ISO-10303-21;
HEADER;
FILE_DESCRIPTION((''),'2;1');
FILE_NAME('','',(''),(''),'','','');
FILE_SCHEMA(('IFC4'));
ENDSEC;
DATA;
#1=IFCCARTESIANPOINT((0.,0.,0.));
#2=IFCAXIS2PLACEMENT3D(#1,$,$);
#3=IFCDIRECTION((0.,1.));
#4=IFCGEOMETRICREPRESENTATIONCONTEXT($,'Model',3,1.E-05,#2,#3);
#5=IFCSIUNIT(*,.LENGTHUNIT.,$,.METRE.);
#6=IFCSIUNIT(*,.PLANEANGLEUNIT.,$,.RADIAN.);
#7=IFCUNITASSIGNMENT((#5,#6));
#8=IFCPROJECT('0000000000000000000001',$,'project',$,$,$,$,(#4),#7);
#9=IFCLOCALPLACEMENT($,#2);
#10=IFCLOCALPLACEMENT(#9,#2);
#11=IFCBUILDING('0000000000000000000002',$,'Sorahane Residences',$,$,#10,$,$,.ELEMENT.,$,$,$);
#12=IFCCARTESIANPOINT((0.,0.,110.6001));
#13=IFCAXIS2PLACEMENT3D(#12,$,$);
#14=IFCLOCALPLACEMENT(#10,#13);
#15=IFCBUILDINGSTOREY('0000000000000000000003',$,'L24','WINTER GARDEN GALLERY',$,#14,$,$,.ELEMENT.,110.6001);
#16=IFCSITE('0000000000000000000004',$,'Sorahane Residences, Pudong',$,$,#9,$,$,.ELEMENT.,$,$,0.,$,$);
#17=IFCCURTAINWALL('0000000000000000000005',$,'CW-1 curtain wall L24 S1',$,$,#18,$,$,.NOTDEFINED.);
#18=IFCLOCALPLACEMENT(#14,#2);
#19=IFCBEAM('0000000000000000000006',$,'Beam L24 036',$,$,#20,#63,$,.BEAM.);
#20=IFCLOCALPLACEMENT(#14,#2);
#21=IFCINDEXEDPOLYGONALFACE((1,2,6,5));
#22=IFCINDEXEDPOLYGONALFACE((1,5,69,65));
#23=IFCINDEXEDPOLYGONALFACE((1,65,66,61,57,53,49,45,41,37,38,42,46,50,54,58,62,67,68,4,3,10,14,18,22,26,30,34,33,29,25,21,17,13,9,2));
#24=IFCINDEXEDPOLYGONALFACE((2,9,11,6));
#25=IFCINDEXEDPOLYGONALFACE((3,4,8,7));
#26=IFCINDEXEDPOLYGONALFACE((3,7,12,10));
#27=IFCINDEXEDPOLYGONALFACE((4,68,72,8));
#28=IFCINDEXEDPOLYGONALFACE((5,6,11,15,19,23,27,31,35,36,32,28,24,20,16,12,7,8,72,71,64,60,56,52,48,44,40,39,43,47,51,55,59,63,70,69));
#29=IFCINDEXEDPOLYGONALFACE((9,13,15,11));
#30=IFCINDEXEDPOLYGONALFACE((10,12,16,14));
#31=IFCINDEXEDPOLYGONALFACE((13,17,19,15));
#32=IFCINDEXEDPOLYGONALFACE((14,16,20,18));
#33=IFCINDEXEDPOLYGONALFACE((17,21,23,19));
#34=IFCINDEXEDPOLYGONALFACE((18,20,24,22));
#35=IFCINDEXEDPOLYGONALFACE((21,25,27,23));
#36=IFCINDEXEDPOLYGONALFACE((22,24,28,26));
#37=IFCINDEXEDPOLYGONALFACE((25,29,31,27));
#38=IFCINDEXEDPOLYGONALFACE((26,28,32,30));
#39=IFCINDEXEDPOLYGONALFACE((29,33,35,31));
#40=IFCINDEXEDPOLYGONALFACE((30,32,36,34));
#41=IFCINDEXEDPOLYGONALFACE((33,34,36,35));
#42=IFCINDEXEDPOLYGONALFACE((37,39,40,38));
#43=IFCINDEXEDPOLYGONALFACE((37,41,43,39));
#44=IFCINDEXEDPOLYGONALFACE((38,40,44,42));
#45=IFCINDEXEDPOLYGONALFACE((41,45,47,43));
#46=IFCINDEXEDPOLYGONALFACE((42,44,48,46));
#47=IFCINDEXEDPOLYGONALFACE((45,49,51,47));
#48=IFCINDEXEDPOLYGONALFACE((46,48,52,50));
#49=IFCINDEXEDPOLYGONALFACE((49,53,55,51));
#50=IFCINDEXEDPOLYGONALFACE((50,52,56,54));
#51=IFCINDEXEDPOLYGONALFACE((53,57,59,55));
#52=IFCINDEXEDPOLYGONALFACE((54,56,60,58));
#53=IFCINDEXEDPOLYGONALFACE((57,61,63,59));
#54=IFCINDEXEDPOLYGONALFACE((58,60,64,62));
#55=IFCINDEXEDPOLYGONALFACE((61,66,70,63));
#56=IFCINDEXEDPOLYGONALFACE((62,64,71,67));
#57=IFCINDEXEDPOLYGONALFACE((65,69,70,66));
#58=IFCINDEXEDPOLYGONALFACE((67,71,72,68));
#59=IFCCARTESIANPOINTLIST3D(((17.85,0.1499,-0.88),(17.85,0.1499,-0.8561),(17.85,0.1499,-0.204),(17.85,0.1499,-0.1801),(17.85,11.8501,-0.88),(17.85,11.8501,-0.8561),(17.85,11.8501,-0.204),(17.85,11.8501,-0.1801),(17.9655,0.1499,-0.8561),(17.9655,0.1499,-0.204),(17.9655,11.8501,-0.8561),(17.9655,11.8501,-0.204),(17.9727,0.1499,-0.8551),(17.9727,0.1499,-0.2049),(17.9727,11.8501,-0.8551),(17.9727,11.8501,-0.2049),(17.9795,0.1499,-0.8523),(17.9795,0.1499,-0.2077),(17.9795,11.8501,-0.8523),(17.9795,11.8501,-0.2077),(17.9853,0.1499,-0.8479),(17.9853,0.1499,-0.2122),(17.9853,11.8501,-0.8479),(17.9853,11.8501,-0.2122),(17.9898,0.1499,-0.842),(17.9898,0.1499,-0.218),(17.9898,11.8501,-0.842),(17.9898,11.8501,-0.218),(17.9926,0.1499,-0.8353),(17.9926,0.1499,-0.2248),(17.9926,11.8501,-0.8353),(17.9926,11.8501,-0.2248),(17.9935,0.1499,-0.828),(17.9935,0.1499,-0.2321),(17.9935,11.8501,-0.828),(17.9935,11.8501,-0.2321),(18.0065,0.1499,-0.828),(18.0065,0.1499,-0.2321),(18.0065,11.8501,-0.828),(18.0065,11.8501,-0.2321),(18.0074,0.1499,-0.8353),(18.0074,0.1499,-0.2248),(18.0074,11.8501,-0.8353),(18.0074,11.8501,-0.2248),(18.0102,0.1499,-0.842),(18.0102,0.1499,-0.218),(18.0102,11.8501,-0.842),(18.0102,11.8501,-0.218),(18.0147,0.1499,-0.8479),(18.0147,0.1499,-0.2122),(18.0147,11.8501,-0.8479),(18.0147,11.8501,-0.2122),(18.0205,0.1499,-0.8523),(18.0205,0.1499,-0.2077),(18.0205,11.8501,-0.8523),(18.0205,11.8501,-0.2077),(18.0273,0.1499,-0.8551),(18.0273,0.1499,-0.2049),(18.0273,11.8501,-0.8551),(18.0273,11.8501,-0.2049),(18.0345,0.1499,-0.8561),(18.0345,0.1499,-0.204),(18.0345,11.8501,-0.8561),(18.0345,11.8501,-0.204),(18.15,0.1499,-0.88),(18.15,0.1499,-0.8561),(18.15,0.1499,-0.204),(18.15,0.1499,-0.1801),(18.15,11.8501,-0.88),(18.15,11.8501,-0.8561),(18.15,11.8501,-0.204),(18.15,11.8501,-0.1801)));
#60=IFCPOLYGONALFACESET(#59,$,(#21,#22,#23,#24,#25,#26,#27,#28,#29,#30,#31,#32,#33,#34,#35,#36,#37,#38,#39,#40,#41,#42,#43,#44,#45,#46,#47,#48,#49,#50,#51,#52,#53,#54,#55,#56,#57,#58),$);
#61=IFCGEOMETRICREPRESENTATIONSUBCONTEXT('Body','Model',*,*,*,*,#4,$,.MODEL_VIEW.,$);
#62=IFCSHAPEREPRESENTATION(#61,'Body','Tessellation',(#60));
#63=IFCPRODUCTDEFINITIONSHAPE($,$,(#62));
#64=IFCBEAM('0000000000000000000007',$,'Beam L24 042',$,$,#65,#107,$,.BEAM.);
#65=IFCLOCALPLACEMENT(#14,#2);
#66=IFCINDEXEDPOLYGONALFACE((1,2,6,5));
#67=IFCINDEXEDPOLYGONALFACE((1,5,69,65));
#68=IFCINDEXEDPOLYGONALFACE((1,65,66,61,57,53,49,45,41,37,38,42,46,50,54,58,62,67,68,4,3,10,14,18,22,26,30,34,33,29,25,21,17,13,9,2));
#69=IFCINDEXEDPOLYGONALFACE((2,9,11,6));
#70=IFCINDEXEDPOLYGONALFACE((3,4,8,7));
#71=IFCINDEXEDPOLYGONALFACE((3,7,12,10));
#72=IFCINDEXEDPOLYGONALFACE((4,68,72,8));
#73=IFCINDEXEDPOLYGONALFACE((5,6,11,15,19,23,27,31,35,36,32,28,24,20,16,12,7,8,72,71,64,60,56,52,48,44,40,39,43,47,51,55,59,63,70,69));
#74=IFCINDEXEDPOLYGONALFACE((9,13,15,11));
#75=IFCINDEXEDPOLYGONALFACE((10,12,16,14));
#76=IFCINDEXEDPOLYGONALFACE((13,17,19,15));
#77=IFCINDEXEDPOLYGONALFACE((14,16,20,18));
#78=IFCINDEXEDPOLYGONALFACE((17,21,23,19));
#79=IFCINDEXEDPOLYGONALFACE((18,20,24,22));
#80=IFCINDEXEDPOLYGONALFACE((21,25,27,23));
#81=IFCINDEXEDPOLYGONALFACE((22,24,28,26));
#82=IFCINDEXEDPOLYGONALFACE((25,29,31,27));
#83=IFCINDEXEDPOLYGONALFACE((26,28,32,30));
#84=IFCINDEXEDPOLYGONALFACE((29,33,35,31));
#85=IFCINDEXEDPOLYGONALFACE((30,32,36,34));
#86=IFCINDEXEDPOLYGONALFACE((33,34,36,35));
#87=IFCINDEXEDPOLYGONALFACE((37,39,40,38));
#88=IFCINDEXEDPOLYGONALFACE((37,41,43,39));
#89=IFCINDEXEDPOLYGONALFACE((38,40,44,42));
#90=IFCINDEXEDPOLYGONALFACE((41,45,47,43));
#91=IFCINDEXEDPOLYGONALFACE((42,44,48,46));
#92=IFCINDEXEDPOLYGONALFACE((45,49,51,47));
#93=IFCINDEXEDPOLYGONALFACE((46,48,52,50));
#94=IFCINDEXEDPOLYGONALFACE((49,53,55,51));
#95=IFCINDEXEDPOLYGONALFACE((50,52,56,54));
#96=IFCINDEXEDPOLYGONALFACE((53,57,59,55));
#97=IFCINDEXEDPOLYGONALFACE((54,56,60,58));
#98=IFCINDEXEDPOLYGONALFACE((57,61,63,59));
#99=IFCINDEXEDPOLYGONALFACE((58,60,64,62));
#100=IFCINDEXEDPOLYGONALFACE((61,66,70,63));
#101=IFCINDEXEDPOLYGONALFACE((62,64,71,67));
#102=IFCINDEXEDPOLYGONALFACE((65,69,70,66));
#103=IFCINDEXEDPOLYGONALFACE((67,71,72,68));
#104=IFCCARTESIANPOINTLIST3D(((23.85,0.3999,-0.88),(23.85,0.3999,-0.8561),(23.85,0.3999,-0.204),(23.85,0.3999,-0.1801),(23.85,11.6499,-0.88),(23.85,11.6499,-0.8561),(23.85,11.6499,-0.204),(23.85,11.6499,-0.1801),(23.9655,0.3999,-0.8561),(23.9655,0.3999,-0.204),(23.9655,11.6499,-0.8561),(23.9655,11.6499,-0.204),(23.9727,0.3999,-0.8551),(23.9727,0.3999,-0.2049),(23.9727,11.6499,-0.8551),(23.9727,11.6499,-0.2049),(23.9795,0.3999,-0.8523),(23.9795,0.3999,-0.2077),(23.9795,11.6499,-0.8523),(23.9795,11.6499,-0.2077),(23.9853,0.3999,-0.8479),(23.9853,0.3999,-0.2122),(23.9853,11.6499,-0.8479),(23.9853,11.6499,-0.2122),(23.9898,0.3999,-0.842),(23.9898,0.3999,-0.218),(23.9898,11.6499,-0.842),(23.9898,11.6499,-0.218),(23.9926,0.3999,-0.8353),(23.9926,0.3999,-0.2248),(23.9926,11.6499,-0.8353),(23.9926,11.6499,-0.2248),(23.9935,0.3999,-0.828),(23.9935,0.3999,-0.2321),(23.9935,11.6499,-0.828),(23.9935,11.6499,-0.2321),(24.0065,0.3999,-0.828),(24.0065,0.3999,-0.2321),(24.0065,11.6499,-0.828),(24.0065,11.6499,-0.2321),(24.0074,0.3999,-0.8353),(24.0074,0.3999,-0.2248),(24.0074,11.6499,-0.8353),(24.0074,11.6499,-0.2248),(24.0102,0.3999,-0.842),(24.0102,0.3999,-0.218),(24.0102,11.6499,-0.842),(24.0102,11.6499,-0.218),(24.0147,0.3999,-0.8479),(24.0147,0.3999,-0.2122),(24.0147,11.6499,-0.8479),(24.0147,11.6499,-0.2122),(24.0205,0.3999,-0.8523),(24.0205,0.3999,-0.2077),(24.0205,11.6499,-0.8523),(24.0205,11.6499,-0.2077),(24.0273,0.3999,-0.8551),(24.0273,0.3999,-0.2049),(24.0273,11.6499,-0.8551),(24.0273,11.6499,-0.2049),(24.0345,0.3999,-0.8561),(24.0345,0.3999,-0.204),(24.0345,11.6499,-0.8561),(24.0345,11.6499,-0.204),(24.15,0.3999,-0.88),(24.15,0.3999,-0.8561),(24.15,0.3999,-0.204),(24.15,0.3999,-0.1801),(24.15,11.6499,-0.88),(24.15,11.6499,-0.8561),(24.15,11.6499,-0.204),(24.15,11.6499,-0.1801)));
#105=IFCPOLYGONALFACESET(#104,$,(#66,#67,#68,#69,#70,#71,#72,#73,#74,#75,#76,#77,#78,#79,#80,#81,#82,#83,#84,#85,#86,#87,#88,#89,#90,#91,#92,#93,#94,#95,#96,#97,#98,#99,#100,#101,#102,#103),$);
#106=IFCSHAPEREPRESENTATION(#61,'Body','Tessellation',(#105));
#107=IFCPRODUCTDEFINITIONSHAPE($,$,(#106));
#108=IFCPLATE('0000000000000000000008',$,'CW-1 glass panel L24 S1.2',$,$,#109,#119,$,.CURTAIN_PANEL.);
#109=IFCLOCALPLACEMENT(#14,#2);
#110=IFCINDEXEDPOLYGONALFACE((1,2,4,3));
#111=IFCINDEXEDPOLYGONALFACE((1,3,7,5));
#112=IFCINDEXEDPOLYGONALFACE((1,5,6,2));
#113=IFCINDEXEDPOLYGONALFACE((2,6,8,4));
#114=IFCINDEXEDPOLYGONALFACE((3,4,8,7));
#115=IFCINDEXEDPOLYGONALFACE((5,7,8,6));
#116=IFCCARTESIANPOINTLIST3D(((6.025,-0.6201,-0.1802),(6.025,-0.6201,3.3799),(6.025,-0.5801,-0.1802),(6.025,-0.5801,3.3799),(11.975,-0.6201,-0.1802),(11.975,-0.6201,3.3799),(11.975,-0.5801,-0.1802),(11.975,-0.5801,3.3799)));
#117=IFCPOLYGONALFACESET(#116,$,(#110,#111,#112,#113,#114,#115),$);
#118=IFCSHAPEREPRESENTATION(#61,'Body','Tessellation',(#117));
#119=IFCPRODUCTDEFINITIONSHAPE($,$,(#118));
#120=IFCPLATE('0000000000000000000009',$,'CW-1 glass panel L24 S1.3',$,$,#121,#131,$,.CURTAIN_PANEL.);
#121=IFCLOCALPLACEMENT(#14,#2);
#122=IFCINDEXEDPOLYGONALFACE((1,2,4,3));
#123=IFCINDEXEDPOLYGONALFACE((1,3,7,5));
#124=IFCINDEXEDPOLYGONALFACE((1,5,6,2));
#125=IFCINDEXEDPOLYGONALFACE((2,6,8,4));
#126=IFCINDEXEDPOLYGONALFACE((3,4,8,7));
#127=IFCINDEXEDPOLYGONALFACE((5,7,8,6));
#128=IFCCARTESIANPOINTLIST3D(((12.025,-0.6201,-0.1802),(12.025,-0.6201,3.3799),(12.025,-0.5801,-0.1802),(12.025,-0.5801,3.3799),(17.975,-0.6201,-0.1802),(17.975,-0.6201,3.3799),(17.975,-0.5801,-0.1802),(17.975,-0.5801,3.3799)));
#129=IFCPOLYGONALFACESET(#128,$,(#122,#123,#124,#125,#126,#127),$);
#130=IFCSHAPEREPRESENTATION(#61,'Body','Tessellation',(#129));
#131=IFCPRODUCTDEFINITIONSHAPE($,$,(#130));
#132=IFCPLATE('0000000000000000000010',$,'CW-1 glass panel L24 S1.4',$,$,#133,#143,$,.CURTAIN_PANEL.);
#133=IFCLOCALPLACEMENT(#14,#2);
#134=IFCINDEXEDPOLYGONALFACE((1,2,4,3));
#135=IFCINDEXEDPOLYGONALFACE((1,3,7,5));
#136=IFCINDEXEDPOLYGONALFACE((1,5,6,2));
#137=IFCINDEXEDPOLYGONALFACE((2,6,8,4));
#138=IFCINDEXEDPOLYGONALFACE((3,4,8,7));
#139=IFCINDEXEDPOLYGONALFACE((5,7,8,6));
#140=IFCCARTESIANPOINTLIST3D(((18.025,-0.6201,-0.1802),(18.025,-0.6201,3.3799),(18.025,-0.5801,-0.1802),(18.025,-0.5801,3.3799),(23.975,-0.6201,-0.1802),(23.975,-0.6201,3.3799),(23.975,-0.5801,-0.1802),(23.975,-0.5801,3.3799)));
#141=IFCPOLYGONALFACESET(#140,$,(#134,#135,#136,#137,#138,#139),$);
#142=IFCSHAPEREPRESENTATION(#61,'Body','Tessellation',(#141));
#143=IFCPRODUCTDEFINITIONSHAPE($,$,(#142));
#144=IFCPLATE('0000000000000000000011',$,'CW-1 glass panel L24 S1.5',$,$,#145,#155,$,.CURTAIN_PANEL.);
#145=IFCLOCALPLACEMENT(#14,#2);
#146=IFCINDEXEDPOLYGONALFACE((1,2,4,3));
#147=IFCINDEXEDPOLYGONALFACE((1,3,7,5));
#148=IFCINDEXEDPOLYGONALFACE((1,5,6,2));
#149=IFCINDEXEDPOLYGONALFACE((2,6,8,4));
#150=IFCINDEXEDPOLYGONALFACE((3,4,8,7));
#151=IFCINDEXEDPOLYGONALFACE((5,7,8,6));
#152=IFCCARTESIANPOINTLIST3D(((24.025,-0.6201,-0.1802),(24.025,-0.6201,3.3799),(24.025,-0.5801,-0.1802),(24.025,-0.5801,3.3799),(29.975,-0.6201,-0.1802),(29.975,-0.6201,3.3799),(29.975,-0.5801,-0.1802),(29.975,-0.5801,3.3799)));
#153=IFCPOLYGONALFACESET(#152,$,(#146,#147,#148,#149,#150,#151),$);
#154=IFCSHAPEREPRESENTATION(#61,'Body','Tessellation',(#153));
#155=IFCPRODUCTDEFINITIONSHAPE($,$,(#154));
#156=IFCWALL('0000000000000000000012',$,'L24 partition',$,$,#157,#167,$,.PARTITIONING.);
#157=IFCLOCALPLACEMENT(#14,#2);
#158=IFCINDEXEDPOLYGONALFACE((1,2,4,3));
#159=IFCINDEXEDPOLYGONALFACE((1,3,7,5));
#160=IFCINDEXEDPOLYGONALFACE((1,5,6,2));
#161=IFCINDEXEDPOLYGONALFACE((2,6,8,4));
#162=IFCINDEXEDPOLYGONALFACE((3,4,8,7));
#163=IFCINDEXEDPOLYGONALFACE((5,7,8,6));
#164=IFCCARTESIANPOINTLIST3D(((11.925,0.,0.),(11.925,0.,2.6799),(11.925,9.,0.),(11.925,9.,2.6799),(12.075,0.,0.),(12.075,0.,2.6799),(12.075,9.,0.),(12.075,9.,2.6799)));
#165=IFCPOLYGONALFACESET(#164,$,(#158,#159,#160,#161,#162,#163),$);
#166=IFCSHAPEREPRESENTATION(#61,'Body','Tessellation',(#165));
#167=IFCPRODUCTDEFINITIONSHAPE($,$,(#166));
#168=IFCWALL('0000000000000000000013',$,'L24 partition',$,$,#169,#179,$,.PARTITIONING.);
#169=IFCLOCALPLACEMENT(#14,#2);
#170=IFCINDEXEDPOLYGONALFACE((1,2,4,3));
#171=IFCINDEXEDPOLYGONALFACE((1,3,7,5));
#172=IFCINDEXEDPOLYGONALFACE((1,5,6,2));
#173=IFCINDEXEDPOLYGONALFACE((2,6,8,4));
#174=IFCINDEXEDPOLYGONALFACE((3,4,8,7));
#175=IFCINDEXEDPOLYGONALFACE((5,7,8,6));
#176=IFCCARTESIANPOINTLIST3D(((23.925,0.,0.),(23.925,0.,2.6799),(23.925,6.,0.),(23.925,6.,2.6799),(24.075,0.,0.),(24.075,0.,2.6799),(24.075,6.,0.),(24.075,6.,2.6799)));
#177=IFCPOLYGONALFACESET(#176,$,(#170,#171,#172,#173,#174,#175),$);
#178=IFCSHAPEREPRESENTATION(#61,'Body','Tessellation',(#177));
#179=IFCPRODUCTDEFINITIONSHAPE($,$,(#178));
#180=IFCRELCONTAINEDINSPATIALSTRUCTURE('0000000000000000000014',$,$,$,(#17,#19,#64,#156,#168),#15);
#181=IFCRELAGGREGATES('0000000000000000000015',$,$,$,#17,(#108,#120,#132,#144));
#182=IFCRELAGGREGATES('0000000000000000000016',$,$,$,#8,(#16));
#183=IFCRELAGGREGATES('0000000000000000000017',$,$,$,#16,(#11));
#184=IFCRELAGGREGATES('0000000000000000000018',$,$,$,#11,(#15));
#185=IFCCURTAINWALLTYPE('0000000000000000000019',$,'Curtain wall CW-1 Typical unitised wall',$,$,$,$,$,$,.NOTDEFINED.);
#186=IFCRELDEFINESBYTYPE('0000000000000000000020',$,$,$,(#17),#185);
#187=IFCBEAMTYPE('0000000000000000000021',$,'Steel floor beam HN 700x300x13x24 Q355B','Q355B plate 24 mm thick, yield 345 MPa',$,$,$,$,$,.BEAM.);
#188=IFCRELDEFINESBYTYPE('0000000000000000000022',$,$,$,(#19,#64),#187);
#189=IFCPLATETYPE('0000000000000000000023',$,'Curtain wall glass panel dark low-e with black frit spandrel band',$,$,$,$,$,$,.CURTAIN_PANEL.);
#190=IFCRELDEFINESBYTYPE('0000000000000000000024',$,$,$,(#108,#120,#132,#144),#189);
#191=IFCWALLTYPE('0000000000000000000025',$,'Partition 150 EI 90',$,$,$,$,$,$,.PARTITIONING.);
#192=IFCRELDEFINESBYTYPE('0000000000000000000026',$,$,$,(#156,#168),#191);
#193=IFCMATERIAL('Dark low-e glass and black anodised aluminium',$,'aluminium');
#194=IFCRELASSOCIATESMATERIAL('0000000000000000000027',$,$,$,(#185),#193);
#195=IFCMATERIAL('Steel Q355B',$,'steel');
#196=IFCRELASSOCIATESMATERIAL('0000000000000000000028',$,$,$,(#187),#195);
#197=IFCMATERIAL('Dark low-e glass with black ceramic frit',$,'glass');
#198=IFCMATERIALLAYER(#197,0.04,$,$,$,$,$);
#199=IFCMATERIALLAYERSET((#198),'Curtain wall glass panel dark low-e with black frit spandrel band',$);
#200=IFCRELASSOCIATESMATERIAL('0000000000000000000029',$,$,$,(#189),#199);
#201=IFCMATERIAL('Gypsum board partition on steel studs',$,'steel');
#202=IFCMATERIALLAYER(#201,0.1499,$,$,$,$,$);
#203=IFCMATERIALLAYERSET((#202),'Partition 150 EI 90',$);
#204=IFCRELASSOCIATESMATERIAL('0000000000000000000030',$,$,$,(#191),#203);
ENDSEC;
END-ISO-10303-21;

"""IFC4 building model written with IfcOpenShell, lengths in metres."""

from ifc_helpers import new_model, si_unit, direction, frame, frame_2d, origin, origin_2d, place, context, subcontext, project, spatial, rectangle, i_section, extrude, material, layer, layer_set, material_profile, profile_set, type_object, element, aggregate, save


model = new_model("IFC4")

# Units and contexts
model_context = context("Model", 3, precision=1e-05, world=origin(), true_north=direction((0.0, 1.0)))
body_context = subcontext(model_context, "Body", "Model", "MODEL_VIEW")
ifc_project = project(units=[si_unit("LENGTHUNIT", "METRE"), si_unit("PLANEANGLEUNIT", "RADIAN")], contexts=[model_context])

# Site, building, storey
site_placement = place(None, origin())
site = spatial("IfcSite", under=ifc_project, at=site_placement, Name="Sorahane Residences, Pudong", CompositionType="ELEMENT", RefElevation=0.0)
building_placement = place(site_placement, origin())
building = spatial("IfcBuilding", under=site, at=building_placement, Name="Sorahane Residences", CompositionType="ELEMENT")
storey_placement = place(building_placement, frame((0.0, 0.0, 110.6001)))
storey = spatial("IfcBuildingStorey", under=building, at=storey_placement, Name="L24", Description="WINTER GARDEN GALLERY", CompositionType="ELEMENT", Elevation=110.6001)

# Curtain wall
ifc_material_1 = material(Name="Dark low-e glass and black anodised aluminium", Category="aluminium")
curtain_wall_type = type_object("IfcCurtainWallType", Name="Curtain wall CW-1 Typical unitised wall", PredefinedType="NOTDEFINED", material=ifc_material_1)
curtain_wall_placement = place(storey_placement, origin())
curtain_wall = element("IfcCurtainWall", 1, at=curtain_wall_placement, inside=storey, type_object=curtain_wall_type, Name="CW-1 curtain wall L24 S1", PredefinedType="NOTDEFINED")

# Beams
ifc_material_2 = material(Name="Steel Q355B", Category="steel")
ifc_material_profile_1 = material_profile(ifc_material_2, i_section(OverallWidth=0.3, OverallDepth=0.7, WebThickness=0.0129, FlangeThickness=0.0239, FilletRadius=0.0281, at=origin_2d()), Name="HN 700x300x13x24")
ifc_profile_set_1 = profile_set([ifc_material_profile_1], Name="Steel Q355B")
beam_type_1 = type_object("IfcBeamType", Name="Steel floor beam HN 700x300x13x24 Q355B", Description="Q355B plate 24 mm thick, yield 345 MPa", PredefinedType="BEAM", material=ifc_profile_set_1)
beam_1_placement = place(storey_placement, frame((18.0, 0.1499, -0.53), z_axis=(0.0, 1.0, 0.0), x_axis=(-1.0, 0.0, 0.0)))
element("IfcBeam", 2, at=beam_1_placement, inside=storey, type_object=beam_type_1, Name="Beam L24 036", PredefinedType="BEAM", context=body_context, shape_type="SweptSolid", body=[
    extrude(i_section(OverallWidth=0.3, OverallDepth=0.7, WebThickness=0.0129, FlangeThickness=0.0239, FilletRadius=0.0281, at=origin_2d()), origin(), (0.0, 0.0, 1.0), 11.7002),
])
beam_2_placement = place(storey_placement, frame((24.0, 0.3999, -0.53), z_axis=(0.0, 1.0, 0.0), x_axis=(-1.0, 0.0, 0.0)))
element("IfcBeam", 3, at=beam_2_placement, inside=storey, type_object=beam_type_1, Name="Beam L24 042", PredefinedType="BEAM", context=body_context, shape_type="SweptSolid", body=[
    extrude(i_section(OverallWidth=0.3, OverallDepth=0.7, WebThickness=0.0129, FlangeThickness=0.0239, FilletRadius=0.0281, at=origin_2d()), origin(), (0.0, 0.0, 1.0), 11.25),
])

# Plates
ifc_material_3 = material(Name="Dark low-e glass with black ceramic frit", Category="glass")
ifc_layer_1 = layer(ifc_material_3, 0.04)
ifc_layer_set_1 = layer_set([ifc_layer_1], Name="Curtain wall glass panel dark low-e with black frit spandrel band")
plate_type = type_object("IfcPlateType", Name="Curtain wall glass panel dark low-e with black frit spandrel band", PredefinedType="CURTAIN_PANEL", material=ifc_layer_set_1)
plate_1_placement = place(storey_placement, frame((9.0, -0.6001, -0.1802), z_axis=(0.0, 0.0, 1.0), x_axis=(1.0, 0.0, 0.0)))
plate_1 = element("IfcPlate", 4, at=plate_1_placement, type_object=plate_type, Name="CW-1 glass panel L24 S1.2", PredefinedType="CURTAIN_PANEL", context=body_context, shape_type="SweptSolid", body=[
    extrude(rectangle(XDim=5.95, YDim=0.04, at=origin_2d()), origin(), (0.0, 0.0, 1.0), 3.5601),
])
plate_2_placement = place(storey_placement, frame((15.0, -0.6001, -0.1802), z_axis=(0.0, 0.0, 1.0), x_axis=(1.0, 0.0, 0.0)))
plate_2 = element("IfcPlate", 5, at=plate_2_placement, type_object=plate_type, Name="CW-1 glass panel L24 S1.3", PredefinedType="CURTAIN_PANEL", context=body_context, shape_type="SweptSolid", body=[
    extrude(rectangle(XDim=5.95, YDim=0.04, at=origin_2d()), origin(), (0.0, 0.0, 1.0), 3.5601),
])
plate_3_placement = place(storey_placement, frame((21.0, -0.6001, -0.1802), z_axis=(0.0, 0.0, 1.0), x_axis=(1.0, 0.0, 0.0)))
plate_3 = element("IfcPlate", 6, at=plate_3_placement, type_object=plate_type, Name="CW-1 glass panel L24 S1.4", PredefinedType="CURTAIN_PANEL", context=body_context, shape_type="SweptSolid", body=[
    extrude(rectangle(XDim=5.95, YDim=0.04, at=origin_2d()), origin(), (0.0, 0.0, 1.0), 3.5601),
])
plate_4_placement = place(storey_placement, frame((27.0, -0.6001, -0.1802), z_axis=(0.0, 0.0, 1.0), x_axis=(1.0, 0.0, 0.0)))
plate_4 = element("IfcPlate", 7, at=plate_4_placement, type_object=plate_type, Name="CW-1 glass panel L24 S1.5", PredefinedType="CURTAIN_PANEL", context=body_context, shape_type="SweptSolid", body=[
    extrude(rectangle(XDim=5.95, YDim=0.04, at=origin_2d()), origin(), (0.0, 0.0, 1.0), 3.5601),
])
aggregate(curtain_wall, [plate_1, plate_2, plate_3, plate_4])

# Walls
ifc_material_4 = material(Name="Gypsum board partition on steel studs", Category="steel")
ifc_layer_2 = layer(ifc_material_4, 0.1499)
ifc_layer_set_2 = layer_set([ifc_layer_2], Name="Partition 150 EI 90")
wall_type_1 = type_object("IfcWallType", Name="Partition 150 EI 90", PredefinedType="PARTITIONING", material=ifc_layer_set_2)
wall_1_placement = place(storey_placement, frame((12.0, 0.0, 0.0), z_axis=(0.0, 0.0, 1.0), x_axis=(0.0, 1.0, 0.0)))
element("IfcWall", 8, at=wall_1_placement, inside=storey, type_object=wall_type_1, Name="L24 partition", PredefinedType="PARTITIONING", context=body_context, shape_type="SweptSolid", body=[
    extrude(rectangle(XDim=9.0, YDim=0.1499, at=frame_2d((4.5, 0.0))), origin(), (0.0, 0.0, 1.0), 2.6799),
])
wall_2_placement = place(storey_placement, frame((24.0, 0.0, 0.0), z_axis=(0.0, 0.0, 1.0), x_axis=(0.0, 1.0, 0.0)))
element("IfcWall", 9, at=wall_2_placement, inside=storey, type_object=wall_type_1, Name="L24 partition", PredefinedType="PARTITIONING", context=body_context, shape_type="SweptSolid", body=[
    extrude(rectangle(XDim=6.0, YDim=0.1499, at=frame_2d((3.0, 0.0))), origin(), (0.0, 0.0, 1.0), 2.6799),
])

save(model, "model.ifc")
